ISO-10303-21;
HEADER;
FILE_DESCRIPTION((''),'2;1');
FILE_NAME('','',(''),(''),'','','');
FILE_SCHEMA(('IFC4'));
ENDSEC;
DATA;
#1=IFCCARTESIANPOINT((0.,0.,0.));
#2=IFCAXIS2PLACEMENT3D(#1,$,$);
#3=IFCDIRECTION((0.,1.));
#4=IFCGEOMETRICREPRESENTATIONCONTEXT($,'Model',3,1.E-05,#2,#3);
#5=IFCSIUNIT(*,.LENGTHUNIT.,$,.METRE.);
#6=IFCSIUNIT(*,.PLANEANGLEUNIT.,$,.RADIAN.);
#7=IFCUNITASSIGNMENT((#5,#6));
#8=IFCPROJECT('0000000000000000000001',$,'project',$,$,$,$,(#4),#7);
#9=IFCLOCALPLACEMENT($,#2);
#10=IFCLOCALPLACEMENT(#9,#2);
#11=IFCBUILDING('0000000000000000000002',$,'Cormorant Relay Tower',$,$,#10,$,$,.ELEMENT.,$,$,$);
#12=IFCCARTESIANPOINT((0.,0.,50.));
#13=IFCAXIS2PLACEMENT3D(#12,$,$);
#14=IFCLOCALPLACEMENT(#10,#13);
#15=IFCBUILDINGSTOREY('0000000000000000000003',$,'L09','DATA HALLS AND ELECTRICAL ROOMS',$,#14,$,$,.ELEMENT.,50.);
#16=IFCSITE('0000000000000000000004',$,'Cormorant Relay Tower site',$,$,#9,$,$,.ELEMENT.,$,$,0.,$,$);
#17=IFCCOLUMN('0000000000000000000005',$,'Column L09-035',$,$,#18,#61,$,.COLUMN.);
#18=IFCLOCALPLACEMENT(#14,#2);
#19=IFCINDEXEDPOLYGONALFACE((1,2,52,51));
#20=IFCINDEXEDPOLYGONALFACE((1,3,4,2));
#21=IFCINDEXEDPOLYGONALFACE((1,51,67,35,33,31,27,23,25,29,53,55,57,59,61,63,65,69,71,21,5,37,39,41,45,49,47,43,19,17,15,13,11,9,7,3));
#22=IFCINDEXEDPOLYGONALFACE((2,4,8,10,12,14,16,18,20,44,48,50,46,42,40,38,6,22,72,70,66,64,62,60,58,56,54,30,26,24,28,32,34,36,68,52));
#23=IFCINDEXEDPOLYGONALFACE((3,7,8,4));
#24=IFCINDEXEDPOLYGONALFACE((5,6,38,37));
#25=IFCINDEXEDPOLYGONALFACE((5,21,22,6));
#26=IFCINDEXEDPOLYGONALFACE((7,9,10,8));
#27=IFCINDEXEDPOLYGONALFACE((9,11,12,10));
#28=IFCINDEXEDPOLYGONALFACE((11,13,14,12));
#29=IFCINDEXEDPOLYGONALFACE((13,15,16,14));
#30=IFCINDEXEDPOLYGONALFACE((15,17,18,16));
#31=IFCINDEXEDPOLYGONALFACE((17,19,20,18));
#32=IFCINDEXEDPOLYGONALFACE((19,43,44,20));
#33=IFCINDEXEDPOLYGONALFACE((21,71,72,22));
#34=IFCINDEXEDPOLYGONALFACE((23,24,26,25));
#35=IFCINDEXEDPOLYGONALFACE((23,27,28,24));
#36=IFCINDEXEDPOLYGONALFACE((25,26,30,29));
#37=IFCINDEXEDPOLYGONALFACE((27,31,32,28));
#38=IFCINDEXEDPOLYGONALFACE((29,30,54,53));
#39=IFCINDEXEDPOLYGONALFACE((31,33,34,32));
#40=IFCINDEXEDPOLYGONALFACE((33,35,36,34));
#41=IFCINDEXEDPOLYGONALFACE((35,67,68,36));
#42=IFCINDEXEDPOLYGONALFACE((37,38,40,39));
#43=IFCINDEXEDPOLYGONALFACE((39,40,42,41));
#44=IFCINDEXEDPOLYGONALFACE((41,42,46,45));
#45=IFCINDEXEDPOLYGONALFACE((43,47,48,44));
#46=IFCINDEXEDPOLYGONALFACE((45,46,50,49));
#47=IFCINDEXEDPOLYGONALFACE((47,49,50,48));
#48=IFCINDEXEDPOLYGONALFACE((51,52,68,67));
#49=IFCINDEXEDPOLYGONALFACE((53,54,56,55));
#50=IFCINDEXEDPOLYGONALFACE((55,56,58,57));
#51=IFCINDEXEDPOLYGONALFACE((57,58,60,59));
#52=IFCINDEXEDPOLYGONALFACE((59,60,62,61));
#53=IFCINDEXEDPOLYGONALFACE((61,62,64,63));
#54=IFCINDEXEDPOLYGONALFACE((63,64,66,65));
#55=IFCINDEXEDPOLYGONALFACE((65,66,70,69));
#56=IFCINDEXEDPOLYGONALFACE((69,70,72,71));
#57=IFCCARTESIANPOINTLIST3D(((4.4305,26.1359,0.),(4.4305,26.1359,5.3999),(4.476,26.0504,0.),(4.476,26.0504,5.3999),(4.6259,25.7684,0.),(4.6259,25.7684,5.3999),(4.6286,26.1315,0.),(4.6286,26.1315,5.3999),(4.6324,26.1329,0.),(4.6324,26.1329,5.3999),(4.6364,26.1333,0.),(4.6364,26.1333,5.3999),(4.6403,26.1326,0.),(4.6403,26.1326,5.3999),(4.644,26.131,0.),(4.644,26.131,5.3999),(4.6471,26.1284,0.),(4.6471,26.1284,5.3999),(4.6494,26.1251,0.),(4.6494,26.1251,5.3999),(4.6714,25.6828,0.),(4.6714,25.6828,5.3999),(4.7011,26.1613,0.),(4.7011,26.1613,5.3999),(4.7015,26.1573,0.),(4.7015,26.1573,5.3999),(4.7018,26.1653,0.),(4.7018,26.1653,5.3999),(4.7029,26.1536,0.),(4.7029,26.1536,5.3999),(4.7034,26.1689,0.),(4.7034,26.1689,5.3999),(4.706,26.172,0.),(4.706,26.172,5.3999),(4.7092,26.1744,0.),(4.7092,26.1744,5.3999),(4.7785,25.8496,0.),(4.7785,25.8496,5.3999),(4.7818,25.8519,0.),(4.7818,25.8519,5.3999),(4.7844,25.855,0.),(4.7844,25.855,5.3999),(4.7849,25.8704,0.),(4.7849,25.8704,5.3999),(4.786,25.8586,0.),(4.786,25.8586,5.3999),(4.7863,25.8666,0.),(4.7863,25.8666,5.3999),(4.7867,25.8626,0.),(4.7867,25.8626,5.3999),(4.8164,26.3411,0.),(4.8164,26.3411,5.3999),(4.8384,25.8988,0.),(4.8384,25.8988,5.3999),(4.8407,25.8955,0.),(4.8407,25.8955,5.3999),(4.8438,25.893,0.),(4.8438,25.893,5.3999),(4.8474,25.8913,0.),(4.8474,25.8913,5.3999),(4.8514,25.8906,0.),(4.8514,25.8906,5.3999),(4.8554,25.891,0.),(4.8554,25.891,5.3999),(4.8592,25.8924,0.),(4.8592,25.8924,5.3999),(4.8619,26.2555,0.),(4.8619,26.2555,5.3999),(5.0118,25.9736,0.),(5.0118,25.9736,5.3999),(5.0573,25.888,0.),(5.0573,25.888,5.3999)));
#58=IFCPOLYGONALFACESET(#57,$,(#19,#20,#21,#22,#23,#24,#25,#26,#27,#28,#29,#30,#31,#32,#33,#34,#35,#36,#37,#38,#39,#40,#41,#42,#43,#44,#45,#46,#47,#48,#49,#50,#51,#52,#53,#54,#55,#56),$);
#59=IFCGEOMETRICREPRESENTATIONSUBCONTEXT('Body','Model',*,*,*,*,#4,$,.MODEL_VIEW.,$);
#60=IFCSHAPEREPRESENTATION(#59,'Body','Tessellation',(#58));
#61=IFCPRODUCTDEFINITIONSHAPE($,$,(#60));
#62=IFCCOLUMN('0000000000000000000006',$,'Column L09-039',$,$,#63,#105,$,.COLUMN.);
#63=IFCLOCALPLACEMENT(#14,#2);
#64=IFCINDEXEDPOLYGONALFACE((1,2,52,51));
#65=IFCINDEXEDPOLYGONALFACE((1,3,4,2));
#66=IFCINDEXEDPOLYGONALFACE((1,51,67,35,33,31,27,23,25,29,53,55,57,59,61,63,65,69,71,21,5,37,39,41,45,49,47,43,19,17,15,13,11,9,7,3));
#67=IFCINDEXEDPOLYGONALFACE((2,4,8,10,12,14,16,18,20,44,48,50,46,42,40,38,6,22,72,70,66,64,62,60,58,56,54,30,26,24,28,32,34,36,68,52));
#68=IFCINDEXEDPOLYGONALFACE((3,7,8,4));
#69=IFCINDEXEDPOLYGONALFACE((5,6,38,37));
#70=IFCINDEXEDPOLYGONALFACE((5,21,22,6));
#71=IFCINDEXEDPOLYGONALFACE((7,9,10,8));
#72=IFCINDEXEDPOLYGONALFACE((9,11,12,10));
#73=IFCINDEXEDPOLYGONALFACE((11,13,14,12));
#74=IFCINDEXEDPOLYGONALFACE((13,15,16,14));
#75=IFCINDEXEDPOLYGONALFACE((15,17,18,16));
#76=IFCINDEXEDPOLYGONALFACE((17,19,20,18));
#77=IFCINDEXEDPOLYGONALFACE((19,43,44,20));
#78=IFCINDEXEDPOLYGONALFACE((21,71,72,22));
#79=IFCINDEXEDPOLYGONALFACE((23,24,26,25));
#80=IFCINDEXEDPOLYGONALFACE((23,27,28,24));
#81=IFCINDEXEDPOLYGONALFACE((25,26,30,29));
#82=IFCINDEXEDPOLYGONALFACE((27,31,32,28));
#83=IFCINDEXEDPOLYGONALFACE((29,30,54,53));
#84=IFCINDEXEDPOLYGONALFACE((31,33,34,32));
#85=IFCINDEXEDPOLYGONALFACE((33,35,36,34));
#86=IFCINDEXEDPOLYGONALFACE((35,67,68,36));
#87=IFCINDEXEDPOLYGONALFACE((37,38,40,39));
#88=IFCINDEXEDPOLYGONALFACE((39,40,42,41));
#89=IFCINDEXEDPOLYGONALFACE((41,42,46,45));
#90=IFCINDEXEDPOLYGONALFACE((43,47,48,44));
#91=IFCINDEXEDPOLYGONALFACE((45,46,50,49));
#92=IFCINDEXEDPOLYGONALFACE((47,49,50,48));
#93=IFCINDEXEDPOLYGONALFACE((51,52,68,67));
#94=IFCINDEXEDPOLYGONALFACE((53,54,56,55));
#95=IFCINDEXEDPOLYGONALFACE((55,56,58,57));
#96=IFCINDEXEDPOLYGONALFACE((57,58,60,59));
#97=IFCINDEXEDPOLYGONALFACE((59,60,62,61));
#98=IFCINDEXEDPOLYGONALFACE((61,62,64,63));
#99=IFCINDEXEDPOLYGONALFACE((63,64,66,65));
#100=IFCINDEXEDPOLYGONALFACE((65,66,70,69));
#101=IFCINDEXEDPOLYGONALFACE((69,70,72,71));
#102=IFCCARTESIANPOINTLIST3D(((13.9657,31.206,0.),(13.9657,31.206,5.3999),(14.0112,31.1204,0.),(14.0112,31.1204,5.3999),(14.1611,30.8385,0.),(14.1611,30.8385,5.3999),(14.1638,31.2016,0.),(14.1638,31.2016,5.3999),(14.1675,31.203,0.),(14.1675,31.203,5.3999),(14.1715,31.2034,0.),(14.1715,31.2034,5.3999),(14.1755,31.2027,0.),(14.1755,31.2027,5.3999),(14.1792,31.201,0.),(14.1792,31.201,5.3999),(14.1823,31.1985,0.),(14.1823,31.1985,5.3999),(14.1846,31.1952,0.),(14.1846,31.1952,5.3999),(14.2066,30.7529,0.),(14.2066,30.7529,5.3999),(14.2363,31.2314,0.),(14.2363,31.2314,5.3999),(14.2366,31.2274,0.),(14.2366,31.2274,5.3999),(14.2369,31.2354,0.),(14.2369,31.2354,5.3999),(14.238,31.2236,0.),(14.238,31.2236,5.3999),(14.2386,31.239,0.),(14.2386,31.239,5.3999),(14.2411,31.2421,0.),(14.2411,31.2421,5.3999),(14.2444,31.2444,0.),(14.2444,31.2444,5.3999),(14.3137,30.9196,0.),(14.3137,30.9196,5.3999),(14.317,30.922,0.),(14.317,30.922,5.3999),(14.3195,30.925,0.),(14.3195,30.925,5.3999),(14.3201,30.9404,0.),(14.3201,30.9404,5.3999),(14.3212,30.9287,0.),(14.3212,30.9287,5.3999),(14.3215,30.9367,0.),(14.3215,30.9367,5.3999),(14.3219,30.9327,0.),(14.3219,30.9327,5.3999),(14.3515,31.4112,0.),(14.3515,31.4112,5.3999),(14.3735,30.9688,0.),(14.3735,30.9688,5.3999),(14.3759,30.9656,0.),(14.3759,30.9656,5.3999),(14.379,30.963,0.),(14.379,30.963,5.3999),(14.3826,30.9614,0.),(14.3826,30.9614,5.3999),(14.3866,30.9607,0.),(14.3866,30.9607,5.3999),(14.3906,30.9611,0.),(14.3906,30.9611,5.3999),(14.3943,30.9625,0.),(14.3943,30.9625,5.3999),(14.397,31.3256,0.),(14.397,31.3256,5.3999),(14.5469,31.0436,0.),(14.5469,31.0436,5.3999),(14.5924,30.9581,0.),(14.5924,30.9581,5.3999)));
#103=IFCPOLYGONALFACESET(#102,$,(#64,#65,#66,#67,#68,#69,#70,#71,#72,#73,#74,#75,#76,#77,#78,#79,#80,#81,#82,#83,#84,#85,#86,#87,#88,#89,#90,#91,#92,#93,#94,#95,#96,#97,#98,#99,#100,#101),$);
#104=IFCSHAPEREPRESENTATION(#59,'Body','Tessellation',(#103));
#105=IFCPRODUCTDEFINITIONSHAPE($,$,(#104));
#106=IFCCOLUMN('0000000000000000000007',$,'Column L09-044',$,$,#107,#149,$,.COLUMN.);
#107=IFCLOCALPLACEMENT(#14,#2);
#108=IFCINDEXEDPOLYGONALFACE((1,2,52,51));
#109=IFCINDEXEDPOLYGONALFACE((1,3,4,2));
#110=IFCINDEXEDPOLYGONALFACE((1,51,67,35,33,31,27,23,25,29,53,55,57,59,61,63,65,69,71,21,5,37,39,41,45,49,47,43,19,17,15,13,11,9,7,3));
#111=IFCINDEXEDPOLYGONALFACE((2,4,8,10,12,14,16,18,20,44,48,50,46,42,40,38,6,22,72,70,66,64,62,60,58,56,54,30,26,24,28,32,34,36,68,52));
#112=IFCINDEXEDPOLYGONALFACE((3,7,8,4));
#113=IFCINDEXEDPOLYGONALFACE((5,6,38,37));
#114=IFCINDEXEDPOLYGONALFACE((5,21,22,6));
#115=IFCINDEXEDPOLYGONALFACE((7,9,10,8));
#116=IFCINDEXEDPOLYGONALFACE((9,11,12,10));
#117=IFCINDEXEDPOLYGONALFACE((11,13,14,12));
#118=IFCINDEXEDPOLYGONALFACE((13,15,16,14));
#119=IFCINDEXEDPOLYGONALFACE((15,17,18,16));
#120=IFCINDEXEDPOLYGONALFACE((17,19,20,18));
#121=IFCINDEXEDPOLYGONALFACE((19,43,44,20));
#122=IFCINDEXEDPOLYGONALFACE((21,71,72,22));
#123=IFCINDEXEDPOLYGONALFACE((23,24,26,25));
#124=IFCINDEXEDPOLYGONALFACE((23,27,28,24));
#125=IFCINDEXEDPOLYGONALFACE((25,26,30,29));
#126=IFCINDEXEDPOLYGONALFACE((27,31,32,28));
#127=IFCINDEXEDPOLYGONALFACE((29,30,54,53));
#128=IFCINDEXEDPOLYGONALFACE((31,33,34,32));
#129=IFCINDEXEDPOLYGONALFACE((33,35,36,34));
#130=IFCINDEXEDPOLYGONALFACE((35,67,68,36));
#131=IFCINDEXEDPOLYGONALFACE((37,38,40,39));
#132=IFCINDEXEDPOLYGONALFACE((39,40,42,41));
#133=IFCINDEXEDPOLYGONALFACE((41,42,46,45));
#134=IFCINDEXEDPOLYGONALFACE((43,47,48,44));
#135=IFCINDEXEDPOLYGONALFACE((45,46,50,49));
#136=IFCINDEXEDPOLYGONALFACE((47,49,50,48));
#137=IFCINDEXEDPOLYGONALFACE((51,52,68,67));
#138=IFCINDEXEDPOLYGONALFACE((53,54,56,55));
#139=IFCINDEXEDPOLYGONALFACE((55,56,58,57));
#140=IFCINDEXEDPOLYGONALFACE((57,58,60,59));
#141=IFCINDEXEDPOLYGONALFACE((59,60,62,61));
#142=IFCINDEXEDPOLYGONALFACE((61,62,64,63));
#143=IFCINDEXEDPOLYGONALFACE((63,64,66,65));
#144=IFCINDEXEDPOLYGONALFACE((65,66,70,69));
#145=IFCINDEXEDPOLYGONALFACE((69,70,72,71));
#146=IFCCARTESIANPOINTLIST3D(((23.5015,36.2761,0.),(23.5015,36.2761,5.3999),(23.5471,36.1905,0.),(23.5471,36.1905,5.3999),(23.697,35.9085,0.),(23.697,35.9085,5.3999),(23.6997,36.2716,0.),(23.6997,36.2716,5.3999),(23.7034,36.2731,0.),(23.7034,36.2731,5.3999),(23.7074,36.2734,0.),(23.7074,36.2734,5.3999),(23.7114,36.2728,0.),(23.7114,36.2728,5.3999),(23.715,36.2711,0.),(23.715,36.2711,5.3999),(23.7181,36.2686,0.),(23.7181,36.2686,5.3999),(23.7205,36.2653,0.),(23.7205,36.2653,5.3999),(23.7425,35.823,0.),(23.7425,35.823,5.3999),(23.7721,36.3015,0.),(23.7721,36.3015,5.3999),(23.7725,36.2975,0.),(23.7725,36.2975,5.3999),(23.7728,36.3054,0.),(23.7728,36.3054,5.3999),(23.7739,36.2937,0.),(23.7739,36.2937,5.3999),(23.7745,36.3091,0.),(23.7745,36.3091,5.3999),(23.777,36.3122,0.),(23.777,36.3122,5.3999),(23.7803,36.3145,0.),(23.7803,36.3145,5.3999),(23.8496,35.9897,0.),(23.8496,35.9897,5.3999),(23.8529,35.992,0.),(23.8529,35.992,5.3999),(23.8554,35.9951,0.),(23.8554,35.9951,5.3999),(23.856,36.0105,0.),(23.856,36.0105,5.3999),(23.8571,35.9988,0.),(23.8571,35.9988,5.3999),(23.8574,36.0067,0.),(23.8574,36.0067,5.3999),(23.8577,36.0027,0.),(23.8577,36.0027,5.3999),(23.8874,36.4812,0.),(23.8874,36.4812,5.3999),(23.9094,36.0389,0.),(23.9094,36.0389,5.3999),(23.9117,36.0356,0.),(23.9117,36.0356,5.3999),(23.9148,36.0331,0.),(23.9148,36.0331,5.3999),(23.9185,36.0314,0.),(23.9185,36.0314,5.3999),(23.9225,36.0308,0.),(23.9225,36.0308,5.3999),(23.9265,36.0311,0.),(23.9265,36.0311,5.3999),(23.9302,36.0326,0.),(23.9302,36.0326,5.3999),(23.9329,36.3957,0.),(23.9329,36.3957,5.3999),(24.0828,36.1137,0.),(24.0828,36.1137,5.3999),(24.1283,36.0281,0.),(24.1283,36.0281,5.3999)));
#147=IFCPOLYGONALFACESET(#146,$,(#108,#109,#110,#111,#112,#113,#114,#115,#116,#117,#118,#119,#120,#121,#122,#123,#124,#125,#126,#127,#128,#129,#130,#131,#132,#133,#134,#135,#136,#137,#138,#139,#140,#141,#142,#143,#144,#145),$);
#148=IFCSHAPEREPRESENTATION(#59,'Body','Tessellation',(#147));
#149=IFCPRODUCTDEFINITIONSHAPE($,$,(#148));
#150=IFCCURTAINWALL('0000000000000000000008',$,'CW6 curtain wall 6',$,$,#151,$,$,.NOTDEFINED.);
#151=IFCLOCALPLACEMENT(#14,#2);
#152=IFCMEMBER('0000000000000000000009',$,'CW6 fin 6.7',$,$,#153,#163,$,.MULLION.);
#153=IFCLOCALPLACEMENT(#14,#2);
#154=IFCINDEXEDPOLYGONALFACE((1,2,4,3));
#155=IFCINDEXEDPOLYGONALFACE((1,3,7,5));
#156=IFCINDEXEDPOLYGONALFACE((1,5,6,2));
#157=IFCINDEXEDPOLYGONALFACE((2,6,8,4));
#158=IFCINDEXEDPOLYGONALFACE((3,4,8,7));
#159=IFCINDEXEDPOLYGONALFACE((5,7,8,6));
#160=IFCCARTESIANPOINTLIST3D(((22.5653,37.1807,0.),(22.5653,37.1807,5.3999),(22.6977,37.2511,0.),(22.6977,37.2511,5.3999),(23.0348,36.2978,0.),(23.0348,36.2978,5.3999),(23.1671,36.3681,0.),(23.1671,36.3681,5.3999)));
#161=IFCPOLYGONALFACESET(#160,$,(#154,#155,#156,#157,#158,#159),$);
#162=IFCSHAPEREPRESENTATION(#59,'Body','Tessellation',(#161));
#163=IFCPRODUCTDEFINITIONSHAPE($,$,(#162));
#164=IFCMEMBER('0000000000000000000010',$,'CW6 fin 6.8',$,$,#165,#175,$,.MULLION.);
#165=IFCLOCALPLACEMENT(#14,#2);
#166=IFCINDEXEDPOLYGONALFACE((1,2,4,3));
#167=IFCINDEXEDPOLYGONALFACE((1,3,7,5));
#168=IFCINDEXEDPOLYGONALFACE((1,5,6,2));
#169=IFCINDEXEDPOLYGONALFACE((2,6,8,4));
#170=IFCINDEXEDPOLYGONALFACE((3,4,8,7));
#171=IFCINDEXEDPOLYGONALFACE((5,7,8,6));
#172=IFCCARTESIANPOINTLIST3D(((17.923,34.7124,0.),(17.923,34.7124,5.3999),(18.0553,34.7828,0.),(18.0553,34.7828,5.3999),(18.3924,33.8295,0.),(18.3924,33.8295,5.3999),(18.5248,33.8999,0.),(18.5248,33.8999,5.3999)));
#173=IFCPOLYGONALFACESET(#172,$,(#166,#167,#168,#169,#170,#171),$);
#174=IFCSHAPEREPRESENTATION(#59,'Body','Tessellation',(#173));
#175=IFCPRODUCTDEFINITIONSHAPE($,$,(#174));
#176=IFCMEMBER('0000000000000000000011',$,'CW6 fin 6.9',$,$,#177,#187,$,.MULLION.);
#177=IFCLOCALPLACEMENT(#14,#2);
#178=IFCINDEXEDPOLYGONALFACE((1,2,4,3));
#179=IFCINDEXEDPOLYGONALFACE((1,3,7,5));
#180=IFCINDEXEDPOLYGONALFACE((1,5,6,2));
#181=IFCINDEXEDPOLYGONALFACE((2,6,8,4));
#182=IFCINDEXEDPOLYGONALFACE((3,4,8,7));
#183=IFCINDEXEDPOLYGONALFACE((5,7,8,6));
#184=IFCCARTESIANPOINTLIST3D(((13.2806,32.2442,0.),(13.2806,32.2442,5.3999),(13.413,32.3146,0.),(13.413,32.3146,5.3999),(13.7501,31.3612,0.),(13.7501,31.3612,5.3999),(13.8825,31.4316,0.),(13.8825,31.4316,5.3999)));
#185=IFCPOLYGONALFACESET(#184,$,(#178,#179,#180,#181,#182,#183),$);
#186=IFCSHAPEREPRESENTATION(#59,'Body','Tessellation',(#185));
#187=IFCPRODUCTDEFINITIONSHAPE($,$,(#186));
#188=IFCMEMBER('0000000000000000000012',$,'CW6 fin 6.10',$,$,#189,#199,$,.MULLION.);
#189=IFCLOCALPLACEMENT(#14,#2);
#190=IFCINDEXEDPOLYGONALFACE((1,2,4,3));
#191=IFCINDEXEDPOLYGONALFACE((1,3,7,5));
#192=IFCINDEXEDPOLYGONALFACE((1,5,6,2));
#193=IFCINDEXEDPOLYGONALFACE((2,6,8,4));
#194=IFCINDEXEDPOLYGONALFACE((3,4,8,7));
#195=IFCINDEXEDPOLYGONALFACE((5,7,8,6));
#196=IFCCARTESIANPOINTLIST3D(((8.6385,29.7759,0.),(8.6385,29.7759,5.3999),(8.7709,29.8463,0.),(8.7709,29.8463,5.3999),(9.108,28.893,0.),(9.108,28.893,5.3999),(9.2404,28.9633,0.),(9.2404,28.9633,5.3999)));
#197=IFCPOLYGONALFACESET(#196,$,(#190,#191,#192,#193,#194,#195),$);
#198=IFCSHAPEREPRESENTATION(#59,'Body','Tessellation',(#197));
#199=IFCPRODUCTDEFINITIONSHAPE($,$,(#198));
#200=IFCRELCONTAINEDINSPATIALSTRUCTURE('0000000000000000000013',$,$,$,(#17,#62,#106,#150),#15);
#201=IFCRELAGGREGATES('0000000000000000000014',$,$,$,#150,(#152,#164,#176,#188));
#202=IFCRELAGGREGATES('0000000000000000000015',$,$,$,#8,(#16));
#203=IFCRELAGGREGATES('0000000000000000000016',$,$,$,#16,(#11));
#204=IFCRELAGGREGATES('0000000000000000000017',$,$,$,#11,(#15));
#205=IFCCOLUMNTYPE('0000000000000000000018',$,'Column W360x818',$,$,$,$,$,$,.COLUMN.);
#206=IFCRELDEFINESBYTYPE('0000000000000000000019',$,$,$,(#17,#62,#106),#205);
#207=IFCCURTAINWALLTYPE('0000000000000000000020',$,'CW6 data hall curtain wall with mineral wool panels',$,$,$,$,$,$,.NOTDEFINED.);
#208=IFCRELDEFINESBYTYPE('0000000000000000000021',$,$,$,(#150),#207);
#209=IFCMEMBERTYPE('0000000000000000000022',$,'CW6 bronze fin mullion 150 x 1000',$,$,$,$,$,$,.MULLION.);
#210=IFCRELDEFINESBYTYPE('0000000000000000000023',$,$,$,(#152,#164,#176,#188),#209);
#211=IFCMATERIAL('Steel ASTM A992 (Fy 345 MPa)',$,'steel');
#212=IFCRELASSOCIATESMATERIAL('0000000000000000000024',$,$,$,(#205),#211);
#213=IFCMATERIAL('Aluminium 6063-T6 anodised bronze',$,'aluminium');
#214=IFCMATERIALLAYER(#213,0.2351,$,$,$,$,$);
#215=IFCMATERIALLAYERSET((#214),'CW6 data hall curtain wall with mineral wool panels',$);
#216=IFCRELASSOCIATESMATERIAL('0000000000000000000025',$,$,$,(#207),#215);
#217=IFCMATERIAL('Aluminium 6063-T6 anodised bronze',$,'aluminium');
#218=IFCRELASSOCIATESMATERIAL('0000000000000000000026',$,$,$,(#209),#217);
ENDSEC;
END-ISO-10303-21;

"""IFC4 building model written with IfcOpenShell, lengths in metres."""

from ifc_helpers import new_model, si_unit, direction, frame, origin, origin_2d, place, context, subcontext, project, spatial, rectangle, i_section, extrude, material, layer, layer_set, material_profile, profile_set, type_object, element, aggregate, save


model = new_model("IFC4")

# Units and contexts
model_context = context("Model", 3, precision=1e-05, world=origin(), true_north=direction((0.0, 1.0)))
body_context = subcontext(model_context, "Body", "Model", "MODEL_VIEW")
ifc_project = project(units=[si_unit("LENGTHUNIT", "METRE"), si_unit("PLANEANGLEUNIT", "RADIAN")], contexts=[model_context])

# Site, building, storey
site_placement = place(None, origin())
site = spatial("IfcSite", under=ifc_project, at=site_placement, Name="Cormorant Relay Tower site", CompositionType="ELEMENT", RefElevation=0.0)
building_placement = place(site_placement, origin())
building = spatial("IfcBuilding", under=site, at=building_placement, Name="Cormorant Relay Tower", CompositionType="ELEMENT")
storey_placement = place(building_placement, frame((0.0, 0.0, 50.0)))
storey = spatial("IfcBuildingStorey", under=building, at=storey_placement, Name="L09", Description="DATA HALLS AND ELECTRICAL ROOMS", CompositionType="ELEMENT", Elevation=50.0)

# Columns
ifc_material_1 = material(Name="Steel ASTM A992 (Fy 345 MPa)", Category="steel")
ifc_material_profile_1 = material_profile(ifc_material_1, i_section(OverallWidth=0.437, OverallDepth=0.5132, WebThickness=0.0605, FlangeThickness=0.0969, FilletRadius=0.0154, at=origin_2d()), Name="W360x818")
ifc_profile_set_1 = profile_set([ifc_material_profile_1], Name="Steel ASTM A992 (Fy 345 MPa)")
column_type = type_object("IfcColumnType", Name="Column W360x818", PredefinedType="COLUMN", material=ifc_profile_set_1)
for number, where, z_axis, x_axis, name in (
    (1, (4.7439, 26.012, 0.0), (0.0, 0.0, 1.0), (-0.882948, -0.469472, 0.0), "Column L09-035"),
    (2, (14.2791, 31.082, 0.0), (0.0, 0.0, 1.0), (-0.882948, -0.469472, 0.0), "Column L09-039"),
    (3, (23.8149, 36.1521, 0.0), (0.0, 0.0, 1.0), (-0.882948, -0.469472, 0.0), "Column L09-044"),
):
    element("IfcColumn", number, at=place(storey_placement, frame(where, z_axis=z_axis, x_axis=x_axis)), inside=storey, type_object=column_type, Name=name, PredefinedType="COLUMN", context=body_context, shape_type="SweptSolid", body=[
        extrude(i_section(OverallWidth=0.437, OverallDepth=0.5132, WebThickness=0.0605, FlangeThickness=0.0969, FilletRadius=0.0154, at=origin_2d()), origin(), (0.0, 0.0, 1.0), 5.3999),
    ])

# Curtain wall, members
ifc_material_2 = material(Name="Aluminium 6063-T6 anodised bronze", Category="aluminium")
ifc_layer_1 = layer(ifc_material_2, 0.2351)
ifc_layer_set_1 = layer_set([ifc_layer_1], Name="CW6 data hall curtain wall with mineral wool panels")
curtain_wall_type = type_object("IfcCurtainWallType", Name="CW6 data hall curtain wall with mineral wool panels", PredefinedType="NOTDEFINED", material=ifc_layer_set_1)
curtain_wall_1_placement = place(storey_placement, origin())
curtain_wall_1 = element("IfcCurtainWall", 4, at=curtain_wall_1_placement, inside=storey, type_object=curtain_wall_type, Name="CW6 curtain wall 6", PredefinedType="NOTDEFINED")
ifc_material_3 = material(Name="Aluminium 6063-T6 anodised bronze", Category="aluminium")
ifc_material_profile_2 = material_profile(ifc_material_3, rectangle(XDim=0.1499, YDim=1.0, at=origin_2d()), Name="AL 150x1000")
ifc_profile_set_2 = profile_set([ifc_material_profile_2], Name="Aluminium 6063-T6 anodised bronze")
member_type_1 = type_object("IfcMemberType", Name="CW6 bronze fin mullion 150 x 1000", PredefinedType="MULLION", material=ifc_profile_set_2)
member_1_placement = place(storey_placement, frame((22.8662, 36.7744, 0.0), z_axis=(0.0, 0.0, 1.0), x_axis=(-0.882948, -0.469472, 0.0)))
member_1 = element("IfcMember", 5, at=member_1_placement, type_object=member_type_1, Name="CW6 fin 6.7", PredefinedType="MULLION", context=body_context, shape_type="SweptSolid", body=[
    extrude(rectangle(XDim=0.1499, YDim=1.0, at=origin_2d()), origin(), (0.0, 0.0, 1.0), 5.3999),
])
member_2_placement = place(storey_placement, frame((18.2239, 34.3062, 0.0), z_axis=(0.0, 0.0, 1.0), x_axis=(-0.882948, -0.469472, 0.0)))
member_2 = element("IfcMember", 6, at=member_2_placement, type_object=member_type_1, Name="CW6 fin 6.8", PredefinedType="MULLION", context=body_context, shape_type="SweptSolid", body=[
    extrude(rectangle(XDim=0.1499, YDim=1.0, at=origin_2d()), origin(), (0.0, 0.0, 1.0), 5.3999),
])
member_3_placement = place(storey_placement, frame((13.5815, 31.8379, 0.0), z_axis=(0.0, 0.0, 1.0), x_axis=(-0.882948, -0.469472, 0.0)))
member_3 = element("IfcMember", 7, at=member_3_placement, type_object=member_type_1, Name="CW6 fin 6.9", PredefinedType="MULLION", context=body_context, shape_type="SweptSolid", body=[
    extrude(rectangle(XDim=0.1499, YDim=1.0, at=origin_2d()), origin(), (0.0, 0.0, 1.0), 5.3999),
])
member_4_placement = place(storey_placement, frame((8.9395, 29.3696, 0.0), z_axis=(0.0, 0.0, 1.0), x_axis=(-0.882948, -0.469472, 0.0)))
member_4 = element("IfcMember", 8, at=member_4_placement, type_object=member_type_1, Name="CW6 fin 6.10", PredefinedType="MULLION", context=body_context, shape_type="SweptSolid", body=[
    extrude(rectangle(XDim=0.1499, YDim=1.0, at=origin_2d()), origin(), (0.0, 0.0, 1.0), 5.3999),
])

aggregate(curtain_wall_1, [member_1, member_2, member_3, member_4])

save(model, "model.ifc")
